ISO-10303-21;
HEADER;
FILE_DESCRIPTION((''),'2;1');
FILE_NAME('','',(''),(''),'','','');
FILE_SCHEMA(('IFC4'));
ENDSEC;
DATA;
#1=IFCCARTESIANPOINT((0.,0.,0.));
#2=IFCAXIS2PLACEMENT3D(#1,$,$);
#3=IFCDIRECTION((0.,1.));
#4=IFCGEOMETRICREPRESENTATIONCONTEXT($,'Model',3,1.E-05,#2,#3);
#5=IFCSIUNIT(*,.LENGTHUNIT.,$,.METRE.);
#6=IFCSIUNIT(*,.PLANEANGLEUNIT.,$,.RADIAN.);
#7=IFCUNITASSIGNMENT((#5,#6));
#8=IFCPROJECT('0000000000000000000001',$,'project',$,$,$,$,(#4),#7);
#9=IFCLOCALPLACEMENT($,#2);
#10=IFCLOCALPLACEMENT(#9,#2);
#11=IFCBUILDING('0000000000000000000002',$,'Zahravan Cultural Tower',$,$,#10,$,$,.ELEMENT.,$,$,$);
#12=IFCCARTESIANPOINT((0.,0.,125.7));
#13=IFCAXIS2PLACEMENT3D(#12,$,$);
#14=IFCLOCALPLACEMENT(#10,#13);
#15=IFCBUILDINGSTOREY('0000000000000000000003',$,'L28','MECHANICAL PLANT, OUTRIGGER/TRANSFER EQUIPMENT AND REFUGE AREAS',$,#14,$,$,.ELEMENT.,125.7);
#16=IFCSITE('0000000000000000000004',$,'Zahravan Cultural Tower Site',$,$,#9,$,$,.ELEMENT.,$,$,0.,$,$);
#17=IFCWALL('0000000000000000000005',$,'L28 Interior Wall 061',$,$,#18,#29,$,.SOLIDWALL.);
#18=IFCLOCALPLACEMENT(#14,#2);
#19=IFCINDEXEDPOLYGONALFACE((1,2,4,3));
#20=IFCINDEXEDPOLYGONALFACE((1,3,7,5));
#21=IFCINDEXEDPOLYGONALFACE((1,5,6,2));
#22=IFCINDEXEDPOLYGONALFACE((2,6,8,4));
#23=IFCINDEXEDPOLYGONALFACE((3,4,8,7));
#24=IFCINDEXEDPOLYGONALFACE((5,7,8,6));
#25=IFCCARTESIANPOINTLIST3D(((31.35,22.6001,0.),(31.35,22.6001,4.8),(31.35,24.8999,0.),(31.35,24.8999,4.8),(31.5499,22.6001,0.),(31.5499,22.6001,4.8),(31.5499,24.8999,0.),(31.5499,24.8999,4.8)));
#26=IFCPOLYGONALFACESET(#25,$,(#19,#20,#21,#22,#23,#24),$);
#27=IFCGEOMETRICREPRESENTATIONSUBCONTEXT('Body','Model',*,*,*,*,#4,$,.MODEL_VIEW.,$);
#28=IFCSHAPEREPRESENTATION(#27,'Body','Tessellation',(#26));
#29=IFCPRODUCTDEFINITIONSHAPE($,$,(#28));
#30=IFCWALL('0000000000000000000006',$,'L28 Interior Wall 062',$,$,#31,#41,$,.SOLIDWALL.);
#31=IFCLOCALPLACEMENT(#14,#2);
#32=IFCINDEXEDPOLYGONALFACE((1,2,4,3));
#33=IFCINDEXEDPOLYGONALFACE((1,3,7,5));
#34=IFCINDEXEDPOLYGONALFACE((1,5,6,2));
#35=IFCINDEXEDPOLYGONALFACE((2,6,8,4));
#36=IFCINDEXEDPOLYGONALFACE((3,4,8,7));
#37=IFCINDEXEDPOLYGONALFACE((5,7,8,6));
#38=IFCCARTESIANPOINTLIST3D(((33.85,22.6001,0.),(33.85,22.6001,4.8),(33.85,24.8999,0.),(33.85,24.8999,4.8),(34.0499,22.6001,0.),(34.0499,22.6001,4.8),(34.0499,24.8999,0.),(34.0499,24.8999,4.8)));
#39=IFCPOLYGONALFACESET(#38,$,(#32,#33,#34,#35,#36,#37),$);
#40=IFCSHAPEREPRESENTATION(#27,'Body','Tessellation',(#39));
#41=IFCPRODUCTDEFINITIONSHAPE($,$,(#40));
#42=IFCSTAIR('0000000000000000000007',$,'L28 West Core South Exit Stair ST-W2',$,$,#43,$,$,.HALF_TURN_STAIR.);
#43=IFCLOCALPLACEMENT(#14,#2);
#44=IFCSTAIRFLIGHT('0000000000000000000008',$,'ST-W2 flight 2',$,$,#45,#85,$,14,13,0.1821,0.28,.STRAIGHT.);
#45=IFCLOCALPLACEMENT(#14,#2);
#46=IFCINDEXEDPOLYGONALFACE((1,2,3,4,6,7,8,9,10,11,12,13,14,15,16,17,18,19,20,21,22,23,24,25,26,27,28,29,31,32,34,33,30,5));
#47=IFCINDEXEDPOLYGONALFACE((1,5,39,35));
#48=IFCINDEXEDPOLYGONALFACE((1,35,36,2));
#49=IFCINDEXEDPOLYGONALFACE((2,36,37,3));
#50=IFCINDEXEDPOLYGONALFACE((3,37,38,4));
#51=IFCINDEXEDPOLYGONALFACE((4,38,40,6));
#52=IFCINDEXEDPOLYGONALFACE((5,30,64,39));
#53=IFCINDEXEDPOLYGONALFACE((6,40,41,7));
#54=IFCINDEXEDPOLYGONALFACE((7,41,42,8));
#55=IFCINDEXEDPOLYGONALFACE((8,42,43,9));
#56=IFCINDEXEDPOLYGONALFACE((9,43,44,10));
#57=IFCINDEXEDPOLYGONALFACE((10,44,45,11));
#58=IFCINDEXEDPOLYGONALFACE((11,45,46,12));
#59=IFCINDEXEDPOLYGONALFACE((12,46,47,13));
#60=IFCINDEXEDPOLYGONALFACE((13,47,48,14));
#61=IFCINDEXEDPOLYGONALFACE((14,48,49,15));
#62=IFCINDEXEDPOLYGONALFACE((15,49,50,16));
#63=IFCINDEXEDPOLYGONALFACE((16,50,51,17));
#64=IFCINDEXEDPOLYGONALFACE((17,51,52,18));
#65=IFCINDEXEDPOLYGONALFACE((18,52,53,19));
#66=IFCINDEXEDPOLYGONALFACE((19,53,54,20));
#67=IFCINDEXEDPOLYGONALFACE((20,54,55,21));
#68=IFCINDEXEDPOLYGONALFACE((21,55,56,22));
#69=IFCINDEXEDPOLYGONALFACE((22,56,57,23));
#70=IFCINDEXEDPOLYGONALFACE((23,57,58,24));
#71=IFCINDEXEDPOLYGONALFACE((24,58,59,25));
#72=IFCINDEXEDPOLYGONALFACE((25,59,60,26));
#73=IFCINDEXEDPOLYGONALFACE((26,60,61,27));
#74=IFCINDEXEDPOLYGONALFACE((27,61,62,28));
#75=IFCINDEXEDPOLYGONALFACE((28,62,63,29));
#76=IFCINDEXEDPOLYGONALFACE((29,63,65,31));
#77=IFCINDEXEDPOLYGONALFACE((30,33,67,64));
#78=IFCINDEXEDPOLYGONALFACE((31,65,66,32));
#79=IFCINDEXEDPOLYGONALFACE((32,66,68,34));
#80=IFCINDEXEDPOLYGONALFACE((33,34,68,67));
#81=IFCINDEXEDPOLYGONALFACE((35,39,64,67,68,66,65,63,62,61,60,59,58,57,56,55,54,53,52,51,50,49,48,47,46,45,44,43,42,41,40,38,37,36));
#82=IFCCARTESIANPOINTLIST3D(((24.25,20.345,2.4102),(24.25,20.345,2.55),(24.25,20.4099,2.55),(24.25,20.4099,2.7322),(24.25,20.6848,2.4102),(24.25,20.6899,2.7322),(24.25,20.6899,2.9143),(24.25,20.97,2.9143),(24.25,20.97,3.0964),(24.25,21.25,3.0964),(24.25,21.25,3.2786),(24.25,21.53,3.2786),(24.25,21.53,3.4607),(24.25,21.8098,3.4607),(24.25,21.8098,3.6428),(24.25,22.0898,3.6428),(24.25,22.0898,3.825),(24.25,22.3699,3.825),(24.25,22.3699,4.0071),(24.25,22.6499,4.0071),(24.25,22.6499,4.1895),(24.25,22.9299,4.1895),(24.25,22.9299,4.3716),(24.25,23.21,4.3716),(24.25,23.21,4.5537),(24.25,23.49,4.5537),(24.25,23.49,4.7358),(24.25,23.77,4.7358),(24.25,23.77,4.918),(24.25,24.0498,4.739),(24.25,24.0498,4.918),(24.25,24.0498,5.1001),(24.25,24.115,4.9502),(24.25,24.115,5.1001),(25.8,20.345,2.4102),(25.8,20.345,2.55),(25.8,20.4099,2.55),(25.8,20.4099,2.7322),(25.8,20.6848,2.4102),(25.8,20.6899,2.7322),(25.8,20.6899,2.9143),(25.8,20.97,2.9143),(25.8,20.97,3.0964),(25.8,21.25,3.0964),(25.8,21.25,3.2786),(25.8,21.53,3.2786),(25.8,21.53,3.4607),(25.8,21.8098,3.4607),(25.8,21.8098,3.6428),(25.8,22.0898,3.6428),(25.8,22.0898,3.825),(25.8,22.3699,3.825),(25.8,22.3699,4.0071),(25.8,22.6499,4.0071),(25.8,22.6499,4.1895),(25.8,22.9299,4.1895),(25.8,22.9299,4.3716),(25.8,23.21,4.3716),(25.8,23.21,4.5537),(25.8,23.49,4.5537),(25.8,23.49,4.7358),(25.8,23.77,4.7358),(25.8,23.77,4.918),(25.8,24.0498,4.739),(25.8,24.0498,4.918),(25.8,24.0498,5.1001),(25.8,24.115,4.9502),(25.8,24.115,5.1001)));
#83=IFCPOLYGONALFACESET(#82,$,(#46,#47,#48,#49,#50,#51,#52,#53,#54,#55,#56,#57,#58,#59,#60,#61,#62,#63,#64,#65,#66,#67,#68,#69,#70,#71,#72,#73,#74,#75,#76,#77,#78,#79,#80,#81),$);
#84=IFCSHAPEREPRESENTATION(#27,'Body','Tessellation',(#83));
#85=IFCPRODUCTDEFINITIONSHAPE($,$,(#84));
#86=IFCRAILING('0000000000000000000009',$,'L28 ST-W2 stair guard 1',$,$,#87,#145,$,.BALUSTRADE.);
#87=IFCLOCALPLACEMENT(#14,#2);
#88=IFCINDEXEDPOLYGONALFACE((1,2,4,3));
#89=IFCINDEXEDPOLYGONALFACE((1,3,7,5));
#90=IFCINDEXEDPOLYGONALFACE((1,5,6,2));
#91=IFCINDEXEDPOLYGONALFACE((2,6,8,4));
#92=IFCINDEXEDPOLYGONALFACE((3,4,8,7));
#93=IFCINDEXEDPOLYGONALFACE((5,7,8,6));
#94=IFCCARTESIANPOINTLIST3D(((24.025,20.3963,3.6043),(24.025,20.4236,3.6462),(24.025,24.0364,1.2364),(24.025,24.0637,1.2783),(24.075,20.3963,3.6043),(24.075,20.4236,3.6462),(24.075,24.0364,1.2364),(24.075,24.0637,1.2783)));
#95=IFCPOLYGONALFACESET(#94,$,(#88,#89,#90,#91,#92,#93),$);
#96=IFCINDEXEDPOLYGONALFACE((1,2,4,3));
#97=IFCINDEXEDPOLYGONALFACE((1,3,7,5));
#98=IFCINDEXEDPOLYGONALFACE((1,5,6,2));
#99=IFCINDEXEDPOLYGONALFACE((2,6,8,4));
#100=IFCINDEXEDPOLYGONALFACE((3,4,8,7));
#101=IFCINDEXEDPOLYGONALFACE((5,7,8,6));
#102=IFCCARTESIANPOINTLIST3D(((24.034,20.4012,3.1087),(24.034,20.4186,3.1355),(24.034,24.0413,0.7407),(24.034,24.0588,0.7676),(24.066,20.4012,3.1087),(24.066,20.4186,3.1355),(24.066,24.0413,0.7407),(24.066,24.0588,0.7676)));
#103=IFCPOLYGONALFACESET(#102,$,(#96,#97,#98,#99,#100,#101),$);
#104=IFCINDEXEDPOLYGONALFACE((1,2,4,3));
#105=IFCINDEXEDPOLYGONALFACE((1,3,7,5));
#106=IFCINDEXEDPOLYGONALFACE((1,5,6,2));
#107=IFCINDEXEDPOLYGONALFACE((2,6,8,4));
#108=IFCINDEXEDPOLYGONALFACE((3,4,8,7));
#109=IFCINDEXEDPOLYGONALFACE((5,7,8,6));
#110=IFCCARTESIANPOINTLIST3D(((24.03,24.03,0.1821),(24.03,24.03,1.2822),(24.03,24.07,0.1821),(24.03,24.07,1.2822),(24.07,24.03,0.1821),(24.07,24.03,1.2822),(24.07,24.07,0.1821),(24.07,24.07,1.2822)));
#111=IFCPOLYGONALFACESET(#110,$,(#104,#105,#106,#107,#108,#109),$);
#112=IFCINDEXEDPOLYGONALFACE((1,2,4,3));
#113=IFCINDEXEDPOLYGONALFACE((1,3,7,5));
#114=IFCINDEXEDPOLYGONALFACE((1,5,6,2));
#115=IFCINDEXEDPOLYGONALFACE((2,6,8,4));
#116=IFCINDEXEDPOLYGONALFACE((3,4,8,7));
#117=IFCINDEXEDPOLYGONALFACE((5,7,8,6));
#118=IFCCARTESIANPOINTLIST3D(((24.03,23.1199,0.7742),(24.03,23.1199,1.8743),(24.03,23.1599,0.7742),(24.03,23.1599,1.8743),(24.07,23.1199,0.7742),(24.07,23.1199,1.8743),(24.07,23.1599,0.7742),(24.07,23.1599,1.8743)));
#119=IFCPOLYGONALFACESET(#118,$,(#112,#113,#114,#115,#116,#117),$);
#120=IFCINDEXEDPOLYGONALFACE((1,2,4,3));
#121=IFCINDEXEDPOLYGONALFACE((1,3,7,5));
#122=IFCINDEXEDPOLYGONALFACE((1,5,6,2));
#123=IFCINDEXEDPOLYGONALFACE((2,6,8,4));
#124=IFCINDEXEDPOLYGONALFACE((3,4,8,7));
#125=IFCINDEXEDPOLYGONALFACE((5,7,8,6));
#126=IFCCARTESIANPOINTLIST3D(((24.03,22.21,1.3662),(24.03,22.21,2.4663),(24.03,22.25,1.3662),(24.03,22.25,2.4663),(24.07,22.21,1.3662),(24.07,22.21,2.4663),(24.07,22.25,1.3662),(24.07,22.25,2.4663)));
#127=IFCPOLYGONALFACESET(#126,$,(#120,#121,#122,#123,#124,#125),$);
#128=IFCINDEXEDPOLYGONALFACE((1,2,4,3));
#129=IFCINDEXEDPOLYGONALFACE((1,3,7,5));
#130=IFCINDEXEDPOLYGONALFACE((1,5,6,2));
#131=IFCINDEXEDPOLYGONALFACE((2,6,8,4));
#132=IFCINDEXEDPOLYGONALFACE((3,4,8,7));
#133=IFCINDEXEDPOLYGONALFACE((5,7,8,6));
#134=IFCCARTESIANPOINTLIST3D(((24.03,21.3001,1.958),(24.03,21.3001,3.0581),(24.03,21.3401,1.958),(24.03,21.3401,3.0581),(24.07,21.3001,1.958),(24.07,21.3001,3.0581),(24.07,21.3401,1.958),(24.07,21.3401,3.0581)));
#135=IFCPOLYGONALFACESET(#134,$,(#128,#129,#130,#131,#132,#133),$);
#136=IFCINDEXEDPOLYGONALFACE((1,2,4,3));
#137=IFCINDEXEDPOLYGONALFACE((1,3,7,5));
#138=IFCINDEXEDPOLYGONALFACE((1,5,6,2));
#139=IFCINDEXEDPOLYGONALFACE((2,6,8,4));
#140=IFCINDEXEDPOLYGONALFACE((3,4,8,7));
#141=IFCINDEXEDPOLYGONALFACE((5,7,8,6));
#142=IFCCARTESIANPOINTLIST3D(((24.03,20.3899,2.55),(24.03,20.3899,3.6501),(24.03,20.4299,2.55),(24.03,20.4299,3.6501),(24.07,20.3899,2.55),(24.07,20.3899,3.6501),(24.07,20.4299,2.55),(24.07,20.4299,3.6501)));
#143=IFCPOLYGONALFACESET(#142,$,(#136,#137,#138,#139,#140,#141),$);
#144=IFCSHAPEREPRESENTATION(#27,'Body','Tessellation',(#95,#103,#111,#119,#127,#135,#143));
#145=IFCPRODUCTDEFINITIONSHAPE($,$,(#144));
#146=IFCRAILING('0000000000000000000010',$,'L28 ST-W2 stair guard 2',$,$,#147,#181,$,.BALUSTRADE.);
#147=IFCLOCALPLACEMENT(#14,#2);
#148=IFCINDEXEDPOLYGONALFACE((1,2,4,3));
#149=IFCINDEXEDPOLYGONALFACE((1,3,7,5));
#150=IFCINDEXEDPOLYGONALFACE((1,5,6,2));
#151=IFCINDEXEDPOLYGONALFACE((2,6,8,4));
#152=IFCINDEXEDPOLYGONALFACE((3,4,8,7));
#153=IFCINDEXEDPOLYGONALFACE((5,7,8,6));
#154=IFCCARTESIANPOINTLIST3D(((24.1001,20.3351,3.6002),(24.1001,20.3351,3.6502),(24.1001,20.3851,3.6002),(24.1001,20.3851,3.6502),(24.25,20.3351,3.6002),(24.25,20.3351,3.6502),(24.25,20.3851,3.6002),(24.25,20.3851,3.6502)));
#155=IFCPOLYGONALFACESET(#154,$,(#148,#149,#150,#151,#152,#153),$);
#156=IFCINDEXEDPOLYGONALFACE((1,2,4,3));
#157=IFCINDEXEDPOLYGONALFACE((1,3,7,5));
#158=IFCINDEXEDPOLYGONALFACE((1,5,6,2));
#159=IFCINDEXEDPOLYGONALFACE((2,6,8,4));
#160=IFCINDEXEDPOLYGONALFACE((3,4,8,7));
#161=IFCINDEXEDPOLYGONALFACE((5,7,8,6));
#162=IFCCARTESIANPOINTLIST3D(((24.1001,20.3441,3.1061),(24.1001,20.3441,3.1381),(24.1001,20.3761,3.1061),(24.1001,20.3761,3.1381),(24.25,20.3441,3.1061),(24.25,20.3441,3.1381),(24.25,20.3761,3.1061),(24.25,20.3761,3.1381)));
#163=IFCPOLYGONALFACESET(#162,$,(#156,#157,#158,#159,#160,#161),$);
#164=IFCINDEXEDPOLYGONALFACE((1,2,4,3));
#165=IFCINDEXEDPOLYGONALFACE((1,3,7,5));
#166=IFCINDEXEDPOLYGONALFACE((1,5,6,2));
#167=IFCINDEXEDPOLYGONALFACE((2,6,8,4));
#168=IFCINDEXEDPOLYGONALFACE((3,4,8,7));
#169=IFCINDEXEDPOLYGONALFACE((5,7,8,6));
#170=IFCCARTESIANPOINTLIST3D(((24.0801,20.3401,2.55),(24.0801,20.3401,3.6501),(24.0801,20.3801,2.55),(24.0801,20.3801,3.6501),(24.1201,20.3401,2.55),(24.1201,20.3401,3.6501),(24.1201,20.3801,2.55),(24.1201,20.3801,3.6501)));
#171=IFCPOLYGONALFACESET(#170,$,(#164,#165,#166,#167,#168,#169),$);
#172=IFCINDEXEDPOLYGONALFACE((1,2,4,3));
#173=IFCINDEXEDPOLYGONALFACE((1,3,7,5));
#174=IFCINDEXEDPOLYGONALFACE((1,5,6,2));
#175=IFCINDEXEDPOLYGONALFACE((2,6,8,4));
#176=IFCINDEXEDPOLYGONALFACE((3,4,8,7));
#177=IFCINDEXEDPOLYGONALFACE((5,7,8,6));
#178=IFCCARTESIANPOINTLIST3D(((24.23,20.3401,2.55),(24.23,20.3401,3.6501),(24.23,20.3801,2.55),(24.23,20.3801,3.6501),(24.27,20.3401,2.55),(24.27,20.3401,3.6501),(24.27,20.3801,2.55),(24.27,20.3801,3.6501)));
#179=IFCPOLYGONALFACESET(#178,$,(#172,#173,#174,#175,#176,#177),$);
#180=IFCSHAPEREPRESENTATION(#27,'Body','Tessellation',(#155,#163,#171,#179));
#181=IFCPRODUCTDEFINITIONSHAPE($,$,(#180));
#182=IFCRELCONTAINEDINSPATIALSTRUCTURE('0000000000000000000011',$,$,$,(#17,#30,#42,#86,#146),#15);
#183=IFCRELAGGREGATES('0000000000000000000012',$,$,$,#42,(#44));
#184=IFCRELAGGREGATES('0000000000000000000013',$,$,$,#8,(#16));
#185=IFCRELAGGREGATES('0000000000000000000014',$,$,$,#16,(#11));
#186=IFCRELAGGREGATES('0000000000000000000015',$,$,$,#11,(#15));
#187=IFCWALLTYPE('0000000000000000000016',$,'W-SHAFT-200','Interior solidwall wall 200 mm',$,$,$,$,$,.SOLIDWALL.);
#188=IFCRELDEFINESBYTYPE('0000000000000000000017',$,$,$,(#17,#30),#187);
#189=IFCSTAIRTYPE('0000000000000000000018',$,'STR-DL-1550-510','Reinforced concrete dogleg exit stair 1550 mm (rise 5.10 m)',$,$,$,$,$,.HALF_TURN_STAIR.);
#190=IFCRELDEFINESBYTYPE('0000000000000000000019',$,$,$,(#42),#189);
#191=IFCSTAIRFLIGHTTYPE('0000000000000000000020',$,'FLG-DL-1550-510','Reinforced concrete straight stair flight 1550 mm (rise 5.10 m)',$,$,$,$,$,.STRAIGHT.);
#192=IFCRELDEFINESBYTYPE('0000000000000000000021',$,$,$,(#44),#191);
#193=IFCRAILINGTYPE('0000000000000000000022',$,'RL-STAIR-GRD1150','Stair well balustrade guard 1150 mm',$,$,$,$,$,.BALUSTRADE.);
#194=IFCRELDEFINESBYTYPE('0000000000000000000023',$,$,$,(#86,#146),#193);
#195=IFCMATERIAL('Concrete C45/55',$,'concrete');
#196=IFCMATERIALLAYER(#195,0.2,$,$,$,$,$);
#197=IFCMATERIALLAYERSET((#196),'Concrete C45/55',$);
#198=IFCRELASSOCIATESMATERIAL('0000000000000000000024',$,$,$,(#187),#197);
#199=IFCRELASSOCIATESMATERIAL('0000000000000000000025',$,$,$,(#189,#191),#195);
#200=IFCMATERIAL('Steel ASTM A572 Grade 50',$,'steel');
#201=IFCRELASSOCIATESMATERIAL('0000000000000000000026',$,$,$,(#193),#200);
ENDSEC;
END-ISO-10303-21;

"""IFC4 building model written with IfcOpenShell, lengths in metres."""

from ifc_helpers import new_model, si_unit, direction, frame, frame_2d, origin, origin_2d, place, context, subcontext, project, spatial, polyline, rectangle, outline, extrude, source, transform, mapped, material, layer, layer_set, type_object, element, aggregate, save


model = new_model("IFC4")

# Units and contexts
model_context = context("Model", 3, precision=1e-05, world=origin(), true_north=direction((0.0, 1.0)))
body_context = subcontext(model_context, "Body", "Model", "MODEL_VIEW")
ifc_project = project(units=[si_unit("LENGTHUNIT", "METRE"), si_unit("PLANEANGLEUNIT", "RADIAN")], contexts=[model_context])

# Site, building, storey
site_placement = place(None, origin())
site = spatial("IfcSite", under=ifc_project, at=site_placement, Name="Zahravan Cultural Tower Site", CompositionType="ELEMENT", RefElevation=0.0)
building_placement = place(site_placement, origin())
building = spatial("IfcBuilding", under=site, at=building_placement, Name="Zahravan Cultural Tower", CompositionType="ELEMENT")
storey_placement = place(building_placement, frame((0.0, 0.0, 125.7)))
storey = spatial("IfcBuildingStorey", under=building, at=storey_placement, Name="L28", Description="MECHANICAL PLANT, OUTRIGGER/TRANSFER EQUIPMENT AND REFUGE AREAS", CompositionType="ELEMENT", Elevation=125.7)

# Shared definitions
ifc_material_1 = material(Name="Steel ASTM A572 Grade 50", Category="steel")

# Walls
ifc_material_2 = material(Name="Concrete C45/55", Category="concrete")
ifc_layer_1 = layer(ifc_material_2, 0.2)
ifc_layer_set_1 = layer_set([ifc_layer_1], Name="Concrete C45/55")
wall_type_1 = type_object("IfcWallType", Name="W-SHAFT-200", Description="Interior solidwall wall 200 mm", PredefinedType="SOLIDWALL", material=ifc_layer_set_1)
shared_shape_1 = source(origin(), body_context, "Body", "SweptSolid", [
    extrude(rectangle(XDim=2.2998, YDim=0.2, at=frame_2d((1.1499, 0.0))), origin(), (0.0, 0.0, 1.0), 4.8),
])
for number, where, z_axis, x_axis, name in (
    (1, (31.45, 22.6001, 0.0), (0.0, 0.0, 1.0), (0.0, 1.0, 0.0), "L28 Interior Wall 061"),
    (2, (33.95, 22.6001, 0.0), (0.0, 0.0, 1.0), (0.0, 1.0, 0.0), "L28 Interior Wall 062"),
):
    element("IfcWall", number, at=place(storey_placement, frame(where, z_axis=z_axis, x_axis=x_axis)), inside=storey, type_object=wall_type_1, Name=name, PredefinedType="SOLIDWALL", context=body_context, shape_type="MappedRepresentation", body=[
        mapped(shared_shape_1, transform((0.0, 0.0, 0.0), x_axis=(1.0, 0.0, 0.0), y_axis=(0.0, 1.0, 0.0), z_axis=(0.0, 0.0, 1.0), scale=1.0)),
    ])

# Stair, stair flight
stair_type = type_object("IfcStairType", Name="STR-DL-1550-510", Description="Reinforced concrete dogleg exit stair 1550 mm (rise 5.10 m)", PredefinedType="HALF_TURN_STAIR", material=ifc_material_2)
stair_placement = place(storey_placement, origin())
stair = element("IfcStair", 3, at=stair_placement, inside=storey, type_object=stair_type, Name="L28 West Core South Exit Stair ST-W2", PredefinedType="HALF_TURN_STAIR")
stair_flight_type = type_object("IfcStairFlightType", Name="FLG-DL-1550-510", Description="Reinforced concrete straight stair flight 1550 mm (rise 5.10 m)", PredefinedType="STRAIGHT", material=ifc_material_2)
stair_flight_placement = place(storey_placement, frame((25.0249, 20.4099, 2.55), z_axis=(0.0, 0.0, 1.0), x_axis=(0.0, 1.0, 0.0)))
stair_flight = element("IfcStairFlight", 4, at=stair_flight_placement, type_object=stair_flight_type, Name="ST-W2 flight 2", NumberOfRisers=14, NumberOfTreads=13, PredefinedType="STRAIGHT", RiserHeight=0.1821, TreadLength=0.28, context=body_context, shape_type="SweptSolid", body=[
    extrude(outline(polyline([(-0.0649, -0.1399), (-0.0649, 0.0), (0.0, 0.0), (0.0, 0.1821), (0.28, 0.1821), (0.28, 0.3643), (0.5601, 0.3643), (0.5601, 0.5464), (0.8401, 0.5464), (0.8401, 0.7285), (1.1201, 0.7285), (1.1201, 0.9106), (1.3999, 0.9106), (1.3999, 1.0928), (1.6799, 1.0928), (1.6799, 1.2749), (1.96, 1.2749), (1.96, 1.457), (2.24, 1.457), (2.24, 1.6394), (2.52, 1.6394), (2.52, 1.8215), (2.8, 1.8215), (2.8, 2.0037), (3.0801, 2.0037), (3.0801, 2.1858), (3.3601, 2.1858), (3.3601, 2.3679), (3.6399, 2.3679), (3.6399, 2.55), (3.7051, 2.55), (3.7051, 2.4001), (3.6399, 2.189), (0.2749, -0.1399), (-0.0649, -0.1399)])), frame((0.0, 0.7749, 0.0), z_axis=(0.0, -1.0, 0.0), x_axis=(1.0, 0.0, 0.0)), (0.0, 0.0, 1.0), 1.55),
])
aggregate(stair, [stair_flight])

# Railings
railing_type_1 = type_object("IfcRailingType", Name="RL-STAIR-GRD1150", Description="Stair well balustrade guard 1150 mm", PredefinedType="BALUSTRADE", material=ifc_material_1)
railing_1_placement = place(storey_placement, frame((24.05, 24.05, 0.1821)))
element("IfcRailing", 5, at=railing_1_placement, inside=storey, type_object=railing_type_1, Name="L28 ST-W2 stair guard 1", PredefinedType="BALUSTRADE", context=body_context, shape_type="SweptSolid", body=[
    extrude(rectangle(XDim=0.05, YDim=0.05, at=origin_2d()), frame((0.0, 0.0, 1.0752), z_axis=(0.0, -0.838251, 0.545285), x_axis=(1.0, 0.0, 0.0)), (0.0, 0.0, 1.0), 4.3425),
    extrude(rectangle(XDim=0.032, YDim=0.032, at=origin_2d()), frame((0.0, 0.0, 0.572), z_axis=(0.0, -0.838251, 0.545285), x_axis=(1.0, 0.0, 0.0)), (0.0, 0.0, 1.0), 4.3425),
    extrude(rectangle(XDim=0.04, YDim=0.04, at=origin_2d()), origin(), (0.0, 0.0, 1.0), 1.1001),
    extrude(rectangle(XDim=0.04, YDim=0.04, at=origin_2d()), frame((0.0, -0.9102, 0.592)), (0.0, 0.0, 1.0), 1.1001),
    extrude(rectangle(XDim=0.04, YDim=0.04, at=origin_2d()), frame((0.0, -1.8201, 1.1841)), (0.0, 0.0, 1.0), 1.1001),
    extrude(rectangle(XDim=0.04, YDim=0.04, at=origin_2d()), frame((0.0, -2.73, 1.7759)), (0.0, 0.0, 1.0), 1.1001),
    extrude(rectangle(XDim=0.04, YDim=0.04, at=origin_2d()), frame((0.0, -3.6401, 2.3679)), (0.0, 0.0, 1.0), 1.1001),
])
railing_2_placement = place(storey_placement, frame((24.1001, 20.3601, 2.55)))
element("IfcRailing", 6, at=railing_2_placement, inside=storey, type_object=railing_type_1, Name="L28 ST-W2 stair guard 2", PredefinedType="BALUSTRADE", context=body_context, shape_type="SweptSolid", body=[
    extrude(rectangle(XDim=0.05, YDim=0.05, at=origin_2d()), frame((0.0, 0.0, 1.0752), z_axis=(1.0, 0.0, 0.0), x_axis=(0.0, 1.0, 0.0)), (0.0, 0.0, 1.0), 0.1499),
    extrude(rectangle(XDim=0.032, YDim=0.032, at=origin_2d()), frame((0.0, 0.0, 0.572), z_axis=(1.0, 0.0, 0.0), x_axis=(0.0, 1.0, 0.0)), (0.0, 0.0, 1.0), 0.1499),
    extrude(rectangle(XDim=0.04, YDim=0.04, at=origin_2d()), origin(), (0.0, 0.0, 1.0), 1.1001),
    extrude(rectangle(XDim=0.04, YDim=0.04, at=origin_2d()), frame((0.1499, 0.0, 0.0)), (0.0, 0.0, 1.0), 1.1001),
])

save(model, "model.ifc")
